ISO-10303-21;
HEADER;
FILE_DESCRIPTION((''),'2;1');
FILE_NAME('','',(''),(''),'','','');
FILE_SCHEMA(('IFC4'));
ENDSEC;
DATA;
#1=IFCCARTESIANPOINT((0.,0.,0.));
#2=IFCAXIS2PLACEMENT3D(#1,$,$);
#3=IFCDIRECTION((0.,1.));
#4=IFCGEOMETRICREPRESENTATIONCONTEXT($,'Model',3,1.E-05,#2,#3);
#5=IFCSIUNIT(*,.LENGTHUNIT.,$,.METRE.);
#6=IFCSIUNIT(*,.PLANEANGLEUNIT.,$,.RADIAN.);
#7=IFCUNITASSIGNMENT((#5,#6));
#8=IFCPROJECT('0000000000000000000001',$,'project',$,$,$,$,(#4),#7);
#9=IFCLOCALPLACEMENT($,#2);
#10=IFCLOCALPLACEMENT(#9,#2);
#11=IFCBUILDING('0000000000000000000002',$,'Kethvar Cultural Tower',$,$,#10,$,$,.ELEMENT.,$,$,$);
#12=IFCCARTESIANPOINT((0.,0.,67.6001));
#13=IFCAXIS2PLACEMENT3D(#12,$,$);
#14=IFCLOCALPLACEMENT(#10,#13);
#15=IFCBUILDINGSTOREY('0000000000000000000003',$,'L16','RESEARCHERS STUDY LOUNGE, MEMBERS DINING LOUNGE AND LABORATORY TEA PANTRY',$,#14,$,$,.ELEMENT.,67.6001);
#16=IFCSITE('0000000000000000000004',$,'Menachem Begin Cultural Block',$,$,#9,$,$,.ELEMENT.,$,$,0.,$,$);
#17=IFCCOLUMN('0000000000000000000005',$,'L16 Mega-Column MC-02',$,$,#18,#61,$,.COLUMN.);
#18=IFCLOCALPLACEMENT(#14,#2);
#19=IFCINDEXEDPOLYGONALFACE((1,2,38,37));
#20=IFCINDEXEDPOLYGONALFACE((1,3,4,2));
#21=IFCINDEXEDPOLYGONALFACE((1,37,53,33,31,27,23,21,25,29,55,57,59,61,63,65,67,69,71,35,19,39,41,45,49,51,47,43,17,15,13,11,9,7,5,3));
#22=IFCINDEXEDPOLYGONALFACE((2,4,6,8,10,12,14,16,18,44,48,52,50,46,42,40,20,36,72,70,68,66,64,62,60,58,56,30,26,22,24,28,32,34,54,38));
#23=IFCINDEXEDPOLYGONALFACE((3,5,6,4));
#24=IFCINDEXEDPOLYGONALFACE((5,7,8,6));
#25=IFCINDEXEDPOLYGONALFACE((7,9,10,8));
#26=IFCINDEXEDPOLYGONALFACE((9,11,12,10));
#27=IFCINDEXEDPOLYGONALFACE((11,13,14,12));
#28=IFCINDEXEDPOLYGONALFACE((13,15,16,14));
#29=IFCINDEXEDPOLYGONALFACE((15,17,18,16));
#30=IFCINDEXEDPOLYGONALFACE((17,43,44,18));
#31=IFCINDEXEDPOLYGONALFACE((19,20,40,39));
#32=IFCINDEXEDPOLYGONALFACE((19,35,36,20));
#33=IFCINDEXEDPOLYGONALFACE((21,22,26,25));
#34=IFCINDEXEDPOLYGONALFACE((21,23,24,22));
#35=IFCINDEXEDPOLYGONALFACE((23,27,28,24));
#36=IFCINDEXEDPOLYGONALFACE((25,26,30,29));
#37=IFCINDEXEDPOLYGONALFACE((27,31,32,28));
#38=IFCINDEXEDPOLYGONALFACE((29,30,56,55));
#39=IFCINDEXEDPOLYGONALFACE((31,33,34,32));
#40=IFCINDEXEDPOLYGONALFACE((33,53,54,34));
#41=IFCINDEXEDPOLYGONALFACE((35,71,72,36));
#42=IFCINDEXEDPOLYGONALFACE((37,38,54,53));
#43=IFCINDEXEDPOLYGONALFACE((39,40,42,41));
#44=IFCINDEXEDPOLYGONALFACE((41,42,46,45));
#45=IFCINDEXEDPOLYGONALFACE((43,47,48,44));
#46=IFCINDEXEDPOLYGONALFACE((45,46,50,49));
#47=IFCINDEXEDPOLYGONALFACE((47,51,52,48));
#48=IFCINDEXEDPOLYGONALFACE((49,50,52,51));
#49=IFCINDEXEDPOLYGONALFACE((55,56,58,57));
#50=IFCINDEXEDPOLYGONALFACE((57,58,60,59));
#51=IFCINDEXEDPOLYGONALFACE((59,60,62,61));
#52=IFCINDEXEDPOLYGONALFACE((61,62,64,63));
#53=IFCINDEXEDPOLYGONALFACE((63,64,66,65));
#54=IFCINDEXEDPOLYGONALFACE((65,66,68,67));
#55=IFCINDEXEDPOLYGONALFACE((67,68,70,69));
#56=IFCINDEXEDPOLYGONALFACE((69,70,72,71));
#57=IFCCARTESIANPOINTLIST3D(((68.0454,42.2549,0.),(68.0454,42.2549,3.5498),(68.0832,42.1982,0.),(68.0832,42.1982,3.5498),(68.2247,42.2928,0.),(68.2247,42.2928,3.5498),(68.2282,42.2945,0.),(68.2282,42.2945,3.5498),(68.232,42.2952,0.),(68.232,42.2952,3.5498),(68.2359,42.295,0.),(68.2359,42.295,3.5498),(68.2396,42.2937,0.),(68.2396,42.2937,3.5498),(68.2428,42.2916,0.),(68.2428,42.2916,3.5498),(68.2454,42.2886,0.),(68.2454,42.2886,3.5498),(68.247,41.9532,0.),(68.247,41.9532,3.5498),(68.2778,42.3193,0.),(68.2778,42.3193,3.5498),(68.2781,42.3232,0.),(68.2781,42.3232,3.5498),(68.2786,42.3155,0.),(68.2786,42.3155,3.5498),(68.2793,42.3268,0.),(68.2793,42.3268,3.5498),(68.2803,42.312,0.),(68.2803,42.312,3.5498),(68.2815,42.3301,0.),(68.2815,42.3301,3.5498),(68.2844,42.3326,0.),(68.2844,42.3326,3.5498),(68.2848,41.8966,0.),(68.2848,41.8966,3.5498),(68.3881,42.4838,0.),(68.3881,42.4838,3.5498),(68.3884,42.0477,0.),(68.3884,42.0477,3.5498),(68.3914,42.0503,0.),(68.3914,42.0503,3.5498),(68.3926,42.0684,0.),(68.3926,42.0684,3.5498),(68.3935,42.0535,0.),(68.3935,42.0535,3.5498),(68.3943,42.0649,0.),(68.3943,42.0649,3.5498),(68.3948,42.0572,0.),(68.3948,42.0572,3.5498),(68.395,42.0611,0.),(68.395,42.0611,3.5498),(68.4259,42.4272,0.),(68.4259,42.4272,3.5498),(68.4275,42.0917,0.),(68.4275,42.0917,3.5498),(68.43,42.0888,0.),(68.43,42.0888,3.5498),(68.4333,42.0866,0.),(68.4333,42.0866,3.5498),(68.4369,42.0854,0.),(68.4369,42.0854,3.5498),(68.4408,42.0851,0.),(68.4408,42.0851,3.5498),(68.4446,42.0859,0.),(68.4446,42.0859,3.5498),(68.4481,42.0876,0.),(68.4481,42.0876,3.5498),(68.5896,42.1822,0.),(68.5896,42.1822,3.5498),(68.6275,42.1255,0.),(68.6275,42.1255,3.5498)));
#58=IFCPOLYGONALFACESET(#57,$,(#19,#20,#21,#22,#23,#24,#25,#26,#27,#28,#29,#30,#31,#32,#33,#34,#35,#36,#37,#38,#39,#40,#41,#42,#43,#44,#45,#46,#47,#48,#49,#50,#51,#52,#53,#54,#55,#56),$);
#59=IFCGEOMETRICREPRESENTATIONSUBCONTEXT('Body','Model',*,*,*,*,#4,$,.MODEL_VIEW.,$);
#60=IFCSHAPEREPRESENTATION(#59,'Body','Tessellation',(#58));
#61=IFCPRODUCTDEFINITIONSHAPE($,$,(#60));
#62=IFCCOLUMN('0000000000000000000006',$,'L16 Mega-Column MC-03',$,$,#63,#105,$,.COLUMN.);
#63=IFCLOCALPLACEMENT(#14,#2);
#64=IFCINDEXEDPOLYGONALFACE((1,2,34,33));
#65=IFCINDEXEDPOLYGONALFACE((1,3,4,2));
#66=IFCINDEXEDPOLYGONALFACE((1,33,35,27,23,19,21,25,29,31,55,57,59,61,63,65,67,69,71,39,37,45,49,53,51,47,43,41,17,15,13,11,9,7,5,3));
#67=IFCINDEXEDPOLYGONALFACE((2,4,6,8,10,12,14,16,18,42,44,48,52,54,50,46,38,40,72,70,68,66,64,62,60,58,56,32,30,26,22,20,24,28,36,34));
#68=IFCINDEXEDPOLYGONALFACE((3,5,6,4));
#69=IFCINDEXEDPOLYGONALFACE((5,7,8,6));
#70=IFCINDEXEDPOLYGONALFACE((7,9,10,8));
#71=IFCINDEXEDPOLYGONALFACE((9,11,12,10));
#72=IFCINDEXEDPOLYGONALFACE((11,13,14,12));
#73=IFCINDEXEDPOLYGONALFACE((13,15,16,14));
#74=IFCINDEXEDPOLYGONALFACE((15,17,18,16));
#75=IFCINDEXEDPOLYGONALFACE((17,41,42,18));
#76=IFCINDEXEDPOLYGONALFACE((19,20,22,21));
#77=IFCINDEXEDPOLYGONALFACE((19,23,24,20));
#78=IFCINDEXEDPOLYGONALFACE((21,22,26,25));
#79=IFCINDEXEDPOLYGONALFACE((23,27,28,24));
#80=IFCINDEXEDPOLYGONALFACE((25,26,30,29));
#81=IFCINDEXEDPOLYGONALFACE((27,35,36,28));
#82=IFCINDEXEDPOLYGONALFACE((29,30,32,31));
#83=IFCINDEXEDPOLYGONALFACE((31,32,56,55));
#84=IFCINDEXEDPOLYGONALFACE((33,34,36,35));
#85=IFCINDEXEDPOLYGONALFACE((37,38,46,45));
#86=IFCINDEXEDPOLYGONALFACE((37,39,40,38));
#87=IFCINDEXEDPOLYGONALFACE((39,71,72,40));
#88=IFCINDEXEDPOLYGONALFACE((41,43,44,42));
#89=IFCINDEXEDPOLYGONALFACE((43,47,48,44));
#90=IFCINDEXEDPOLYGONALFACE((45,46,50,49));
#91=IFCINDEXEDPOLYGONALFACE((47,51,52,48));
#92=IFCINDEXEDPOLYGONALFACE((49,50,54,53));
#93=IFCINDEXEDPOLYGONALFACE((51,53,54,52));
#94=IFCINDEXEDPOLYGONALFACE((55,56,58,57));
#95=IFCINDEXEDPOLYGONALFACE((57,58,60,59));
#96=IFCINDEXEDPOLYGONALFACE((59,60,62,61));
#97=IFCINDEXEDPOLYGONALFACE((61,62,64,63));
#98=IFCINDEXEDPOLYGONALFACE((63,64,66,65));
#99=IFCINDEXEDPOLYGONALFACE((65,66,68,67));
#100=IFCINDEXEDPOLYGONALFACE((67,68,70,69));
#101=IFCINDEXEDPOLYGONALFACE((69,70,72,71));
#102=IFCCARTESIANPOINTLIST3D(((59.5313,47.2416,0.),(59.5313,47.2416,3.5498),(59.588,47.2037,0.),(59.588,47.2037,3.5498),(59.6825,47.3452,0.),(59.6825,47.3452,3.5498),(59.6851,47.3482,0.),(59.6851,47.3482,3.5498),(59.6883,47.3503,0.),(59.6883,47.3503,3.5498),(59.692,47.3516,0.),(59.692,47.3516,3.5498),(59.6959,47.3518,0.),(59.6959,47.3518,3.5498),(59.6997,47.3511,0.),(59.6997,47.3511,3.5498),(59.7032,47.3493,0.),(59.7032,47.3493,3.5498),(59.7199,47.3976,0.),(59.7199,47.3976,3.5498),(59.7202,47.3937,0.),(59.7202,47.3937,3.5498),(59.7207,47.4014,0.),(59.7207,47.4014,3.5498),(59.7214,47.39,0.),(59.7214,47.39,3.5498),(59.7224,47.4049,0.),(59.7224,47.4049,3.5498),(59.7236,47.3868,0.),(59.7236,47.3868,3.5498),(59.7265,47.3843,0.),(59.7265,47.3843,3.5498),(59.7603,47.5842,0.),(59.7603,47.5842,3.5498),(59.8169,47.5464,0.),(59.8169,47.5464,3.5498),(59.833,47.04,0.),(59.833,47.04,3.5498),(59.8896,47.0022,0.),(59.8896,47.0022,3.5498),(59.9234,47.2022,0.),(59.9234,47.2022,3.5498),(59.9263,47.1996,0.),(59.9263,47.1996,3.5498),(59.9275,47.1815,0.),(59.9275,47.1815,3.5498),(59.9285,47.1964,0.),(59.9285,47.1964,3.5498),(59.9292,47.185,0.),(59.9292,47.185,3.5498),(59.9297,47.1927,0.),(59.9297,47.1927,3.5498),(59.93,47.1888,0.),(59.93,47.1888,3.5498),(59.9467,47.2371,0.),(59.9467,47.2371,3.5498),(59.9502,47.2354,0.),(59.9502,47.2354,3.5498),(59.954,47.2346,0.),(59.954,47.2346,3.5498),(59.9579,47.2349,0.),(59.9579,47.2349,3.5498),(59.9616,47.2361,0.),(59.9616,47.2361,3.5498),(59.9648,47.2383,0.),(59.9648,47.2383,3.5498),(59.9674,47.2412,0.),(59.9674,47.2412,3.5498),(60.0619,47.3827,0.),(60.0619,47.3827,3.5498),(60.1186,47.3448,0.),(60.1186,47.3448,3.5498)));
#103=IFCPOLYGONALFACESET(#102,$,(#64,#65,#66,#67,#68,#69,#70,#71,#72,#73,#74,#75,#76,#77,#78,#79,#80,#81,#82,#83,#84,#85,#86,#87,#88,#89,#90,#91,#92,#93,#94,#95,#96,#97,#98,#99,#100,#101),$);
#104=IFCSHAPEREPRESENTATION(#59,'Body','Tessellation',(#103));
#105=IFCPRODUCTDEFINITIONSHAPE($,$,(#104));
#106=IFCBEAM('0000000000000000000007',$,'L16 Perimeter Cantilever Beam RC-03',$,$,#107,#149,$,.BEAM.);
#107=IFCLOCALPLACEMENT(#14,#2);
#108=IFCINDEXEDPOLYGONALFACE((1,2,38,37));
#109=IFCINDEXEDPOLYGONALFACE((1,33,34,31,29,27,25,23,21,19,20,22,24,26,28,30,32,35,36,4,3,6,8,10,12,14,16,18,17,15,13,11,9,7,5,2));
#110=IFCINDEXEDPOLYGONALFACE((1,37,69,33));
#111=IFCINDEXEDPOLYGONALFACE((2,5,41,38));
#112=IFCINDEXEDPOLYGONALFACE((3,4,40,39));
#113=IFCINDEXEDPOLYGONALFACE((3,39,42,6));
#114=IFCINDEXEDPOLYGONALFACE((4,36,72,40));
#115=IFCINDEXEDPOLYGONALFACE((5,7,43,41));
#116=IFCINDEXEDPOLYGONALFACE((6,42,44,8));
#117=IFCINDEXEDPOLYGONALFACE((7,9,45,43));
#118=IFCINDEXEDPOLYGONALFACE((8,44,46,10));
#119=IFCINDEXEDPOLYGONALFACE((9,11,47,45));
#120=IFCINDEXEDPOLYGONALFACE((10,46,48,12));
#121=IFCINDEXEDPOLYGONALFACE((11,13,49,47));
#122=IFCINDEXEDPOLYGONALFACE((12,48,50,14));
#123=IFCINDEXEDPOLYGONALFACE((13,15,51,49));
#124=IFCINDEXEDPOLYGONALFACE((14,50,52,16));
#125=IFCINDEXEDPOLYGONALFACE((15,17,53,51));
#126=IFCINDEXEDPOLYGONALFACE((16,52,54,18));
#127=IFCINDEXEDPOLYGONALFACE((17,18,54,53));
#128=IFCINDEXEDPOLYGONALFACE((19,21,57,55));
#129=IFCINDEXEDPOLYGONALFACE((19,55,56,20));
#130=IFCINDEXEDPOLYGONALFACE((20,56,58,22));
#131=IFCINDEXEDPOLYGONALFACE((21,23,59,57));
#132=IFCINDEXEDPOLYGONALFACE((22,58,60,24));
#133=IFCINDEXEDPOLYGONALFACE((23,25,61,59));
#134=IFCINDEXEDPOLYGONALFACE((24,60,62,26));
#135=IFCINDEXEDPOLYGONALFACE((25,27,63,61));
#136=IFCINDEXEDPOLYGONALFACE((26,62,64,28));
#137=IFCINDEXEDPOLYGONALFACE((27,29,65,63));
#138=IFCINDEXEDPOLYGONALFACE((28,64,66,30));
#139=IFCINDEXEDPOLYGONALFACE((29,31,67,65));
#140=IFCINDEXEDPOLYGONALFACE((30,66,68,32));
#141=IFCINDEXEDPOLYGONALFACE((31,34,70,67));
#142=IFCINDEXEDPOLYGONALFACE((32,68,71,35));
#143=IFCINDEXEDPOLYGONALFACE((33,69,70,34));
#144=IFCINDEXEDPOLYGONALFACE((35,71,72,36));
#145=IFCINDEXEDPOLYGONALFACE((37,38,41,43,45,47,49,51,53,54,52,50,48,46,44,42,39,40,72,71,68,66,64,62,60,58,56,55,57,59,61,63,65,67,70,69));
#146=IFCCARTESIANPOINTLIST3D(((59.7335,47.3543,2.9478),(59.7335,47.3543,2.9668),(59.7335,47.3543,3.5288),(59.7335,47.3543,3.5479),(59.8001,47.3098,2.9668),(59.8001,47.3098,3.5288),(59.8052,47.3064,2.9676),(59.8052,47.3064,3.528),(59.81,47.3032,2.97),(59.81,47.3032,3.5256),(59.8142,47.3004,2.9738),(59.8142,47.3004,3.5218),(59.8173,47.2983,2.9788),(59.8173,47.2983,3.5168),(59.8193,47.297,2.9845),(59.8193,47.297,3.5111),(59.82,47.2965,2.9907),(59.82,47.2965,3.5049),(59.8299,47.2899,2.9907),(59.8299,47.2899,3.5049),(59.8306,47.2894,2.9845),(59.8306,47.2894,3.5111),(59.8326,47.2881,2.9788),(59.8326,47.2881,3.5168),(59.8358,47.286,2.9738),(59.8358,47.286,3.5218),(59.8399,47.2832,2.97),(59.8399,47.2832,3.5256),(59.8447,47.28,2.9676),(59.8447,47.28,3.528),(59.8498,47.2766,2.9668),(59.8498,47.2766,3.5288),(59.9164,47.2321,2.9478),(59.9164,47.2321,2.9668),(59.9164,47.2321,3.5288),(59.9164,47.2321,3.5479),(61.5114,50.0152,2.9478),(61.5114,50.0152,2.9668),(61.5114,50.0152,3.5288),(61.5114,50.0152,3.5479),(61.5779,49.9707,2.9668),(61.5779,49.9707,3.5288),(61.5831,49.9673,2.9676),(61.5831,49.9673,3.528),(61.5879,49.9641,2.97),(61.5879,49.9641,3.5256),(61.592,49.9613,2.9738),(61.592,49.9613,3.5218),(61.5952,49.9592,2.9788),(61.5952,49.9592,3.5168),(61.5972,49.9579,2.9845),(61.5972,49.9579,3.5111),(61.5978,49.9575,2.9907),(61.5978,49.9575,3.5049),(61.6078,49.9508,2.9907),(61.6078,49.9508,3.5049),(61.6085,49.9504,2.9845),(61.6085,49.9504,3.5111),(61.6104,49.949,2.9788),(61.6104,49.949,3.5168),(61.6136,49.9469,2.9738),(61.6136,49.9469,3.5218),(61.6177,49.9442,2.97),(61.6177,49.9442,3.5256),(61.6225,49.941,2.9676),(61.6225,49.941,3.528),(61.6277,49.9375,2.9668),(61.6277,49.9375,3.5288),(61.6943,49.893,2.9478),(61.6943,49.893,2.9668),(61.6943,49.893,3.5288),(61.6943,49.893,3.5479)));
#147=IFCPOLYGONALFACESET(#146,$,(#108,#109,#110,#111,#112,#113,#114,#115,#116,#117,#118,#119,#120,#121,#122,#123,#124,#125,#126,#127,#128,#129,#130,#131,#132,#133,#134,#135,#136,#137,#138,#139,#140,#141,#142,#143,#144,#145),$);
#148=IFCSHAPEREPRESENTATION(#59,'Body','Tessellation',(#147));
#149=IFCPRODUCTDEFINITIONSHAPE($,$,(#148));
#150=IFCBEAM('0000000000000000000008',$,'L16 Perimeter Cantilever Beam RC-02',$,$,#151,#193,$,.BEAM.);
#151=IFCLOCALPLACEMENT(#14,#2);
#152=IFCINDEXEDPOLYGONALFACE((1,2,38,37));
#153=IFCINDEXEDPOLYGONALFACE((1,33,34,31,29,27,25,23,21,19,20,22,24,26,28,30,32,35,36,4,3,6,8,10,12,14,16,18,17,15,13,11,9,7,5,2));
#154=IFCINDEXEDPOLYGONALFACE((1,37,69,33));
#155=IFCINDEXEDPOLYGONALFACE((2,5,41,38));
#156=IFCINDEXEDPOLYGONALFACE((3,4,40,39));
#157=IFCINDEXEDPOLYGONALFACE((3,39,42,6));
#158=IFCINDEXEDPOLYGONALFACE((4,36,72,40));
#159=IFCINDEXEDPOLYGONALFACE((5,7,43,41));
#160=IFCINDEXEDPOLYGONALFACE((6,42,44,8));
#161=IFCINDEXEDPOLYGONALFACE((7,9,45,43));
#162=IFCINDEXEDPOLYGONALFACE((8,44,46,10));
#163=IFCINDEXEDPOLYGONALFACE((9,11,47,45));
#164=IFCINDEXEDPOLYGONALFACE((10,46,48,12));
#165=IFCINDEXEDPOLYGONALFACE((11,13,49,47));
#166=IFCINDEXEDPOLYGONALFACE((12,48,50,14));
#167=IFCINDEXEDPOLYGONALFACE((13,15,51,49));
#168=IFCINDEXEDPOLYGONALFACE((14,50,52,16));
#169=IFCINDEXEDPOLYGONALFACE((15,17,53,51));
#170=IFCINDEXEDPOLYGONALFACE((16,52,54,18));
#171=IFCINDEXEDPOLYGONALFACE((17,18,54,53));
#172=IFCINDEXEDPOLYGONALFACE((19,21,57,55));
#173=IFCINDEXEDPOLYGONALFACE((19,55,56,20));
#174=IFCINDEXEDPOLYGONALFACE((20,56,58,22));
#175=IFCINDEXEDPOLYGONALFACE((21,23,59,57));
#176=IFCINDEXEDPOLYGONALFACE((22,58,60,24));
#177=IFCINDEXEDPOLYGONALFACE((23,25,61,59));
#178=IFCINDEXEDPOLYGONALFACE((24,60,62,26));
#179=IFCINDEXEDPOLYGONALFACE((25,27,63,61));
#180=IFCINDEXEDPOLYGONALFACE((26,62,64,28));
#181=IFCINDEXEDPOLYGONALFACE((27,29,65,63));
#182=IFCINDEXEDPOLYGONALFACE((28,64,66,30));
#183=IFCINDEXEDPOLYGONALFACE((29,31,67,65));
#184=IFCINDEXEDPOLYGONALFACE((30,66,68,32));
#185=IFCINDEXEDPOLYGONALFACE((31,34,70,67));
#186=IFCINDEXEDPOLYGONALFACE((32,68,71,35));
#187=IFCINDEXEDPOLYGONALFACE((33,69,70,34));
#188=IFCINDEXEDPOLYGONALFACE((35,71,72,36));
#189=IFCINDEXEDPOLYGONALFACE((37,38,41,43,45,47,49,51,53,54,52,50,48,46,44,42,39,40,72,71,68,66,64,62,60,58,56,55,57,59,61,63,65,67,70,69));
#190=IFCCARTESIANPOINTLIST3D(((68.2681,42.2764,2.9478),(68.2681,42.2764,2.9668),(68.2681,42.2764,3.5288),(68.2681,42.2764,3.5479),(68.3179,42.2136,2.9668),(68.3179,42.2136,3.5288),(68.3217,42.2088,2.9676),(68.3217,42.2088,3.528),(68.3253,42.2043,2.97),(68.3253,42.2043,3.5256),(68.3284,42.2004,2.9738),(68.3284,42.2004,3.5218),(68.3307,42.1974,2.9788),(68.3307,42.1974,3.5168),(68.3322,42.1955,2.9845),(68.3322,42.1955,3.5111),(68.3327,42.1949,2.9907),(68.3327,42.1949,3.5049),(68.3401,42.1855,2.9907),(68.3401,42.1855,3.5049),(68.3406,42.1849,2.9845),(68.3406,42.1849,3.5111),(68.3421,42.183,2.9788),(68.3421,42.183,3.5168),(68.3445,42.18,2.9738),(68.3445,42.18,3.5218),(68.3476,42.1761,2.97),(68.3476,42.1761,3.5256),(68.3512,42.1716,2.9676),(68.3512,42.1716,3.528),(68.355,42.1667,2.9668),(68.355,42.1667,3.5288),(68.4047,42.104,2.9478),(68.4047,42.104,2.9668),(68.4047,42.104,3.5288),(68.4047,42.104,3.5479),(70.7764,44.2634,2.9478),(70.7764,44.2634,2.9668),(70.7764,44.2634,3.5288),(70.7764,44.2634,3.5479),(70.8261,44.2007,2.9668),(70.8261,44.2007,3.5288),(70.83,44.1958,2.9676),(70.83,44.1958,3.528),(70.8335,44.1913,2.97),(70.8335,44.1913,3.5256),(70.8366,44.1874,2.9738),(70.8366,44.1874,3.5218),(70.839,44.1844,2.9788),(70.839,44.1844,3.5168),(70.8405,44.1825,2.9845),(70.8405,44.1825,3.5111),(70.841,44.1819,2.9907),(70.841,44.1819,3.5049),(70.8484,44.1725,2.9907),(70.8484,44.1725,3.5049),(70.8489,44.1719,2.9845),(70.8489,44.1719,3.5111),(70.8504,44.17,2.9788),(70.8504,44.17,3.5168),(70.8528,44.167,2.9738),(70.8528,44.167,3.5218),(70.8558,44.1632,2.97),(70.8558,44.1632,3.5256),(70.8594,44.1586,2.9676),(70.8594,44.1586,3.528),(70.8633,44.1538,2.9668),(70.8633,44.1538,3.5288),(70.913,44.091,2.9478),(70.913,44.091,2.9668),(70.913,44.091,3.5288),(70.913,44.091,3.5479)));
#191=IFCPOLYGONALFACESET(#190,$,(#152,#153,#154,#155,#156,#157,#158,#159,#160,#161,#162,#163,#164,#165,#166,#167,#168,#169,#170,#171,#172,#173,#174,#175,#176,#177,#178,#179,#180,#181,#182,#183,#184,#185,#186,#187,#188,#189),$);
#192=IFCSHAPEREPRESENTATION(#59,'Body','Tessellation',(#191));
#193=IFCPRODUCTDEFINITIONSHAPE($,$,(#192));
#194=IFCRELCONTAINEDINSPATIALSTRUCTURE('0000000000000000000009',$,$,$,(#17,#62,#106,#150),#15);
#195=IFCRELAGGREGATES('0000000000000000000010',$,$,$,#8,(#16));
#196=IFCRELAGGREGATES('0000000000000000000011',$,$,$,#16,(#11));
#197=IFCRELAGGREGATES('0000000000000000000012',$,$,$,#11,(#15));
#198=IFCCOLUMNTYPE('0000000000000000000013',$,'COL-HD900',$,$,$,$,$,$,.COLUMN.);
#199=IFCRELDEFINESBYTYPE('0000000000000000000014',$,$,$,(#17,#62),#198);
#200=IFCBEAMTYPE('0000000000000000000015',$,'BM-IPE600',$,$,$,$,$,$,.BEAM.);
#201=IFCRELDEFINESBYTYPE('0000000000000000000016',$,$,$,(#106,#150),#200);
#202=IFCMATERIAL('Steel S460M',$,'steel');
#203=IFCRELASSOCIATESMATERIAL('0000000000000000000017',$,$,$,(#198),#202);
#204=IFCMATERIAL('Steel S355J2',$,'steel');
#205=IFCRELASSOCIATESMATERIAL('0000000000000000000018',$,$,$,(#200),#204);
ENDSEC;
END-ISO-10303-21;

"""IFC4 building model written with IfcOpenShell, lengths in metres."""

from ifc_helpers import new_model, si_unit, direction, frame, origin, origin_2d, place, context, subcontext, project, spatial, i_section, extrude, source, transform, mapped, material, material_profile, profile_set, type_object, element, save


model = new_model("IFC4")

# Units and contexts
model_context = context("Model", 3, precision=1e-05, world=origin(), true_north=direction((0.0, 1.0)))
body_context = subcontext(model_context, "Body", "Model", "MODEL_VIEW")
ifc_project = project(units=[si_unit("LENGTHUNIT", "METRE"), si_unit("PLANEANGLEUNIT", "RADIAN")], contexts=[model_context])

# Site, building, storey
site_placement = place(None, origin())
site = spatial("IfcSite", under=ifc_project, at=site_placement, Name="Menachem Begin Cultural Block", CompositionType="ELEMENT", RefElevation=0.0)
building_placement = place(site_placement, origin())
building = spatial("IfcBuilding", under=site, at=building_placement, Name="Kethvar Cultural Tower", CompositionType="ELEMENT")
storey_placement = place(building_placement, frame((0.0, 0.0, 67.6001)))
storey = spatial("IfcBuildingStorey", under=building, at=storey_placement, Name="L16", Description="RESEARCHERS STUDY LOUNGE, MEMBERS DINING LOUNGE AND LABORATORY TEA PANTRY", CompositionType="ELEMENT", Elevation=67.6001)

# Columns
ifc_material_1 = material(Name="Steel S460M", Category="steel")
ifc_material_profile_1 = material_profile(ifc_material_1, i_section(OverallWidth=0.4121, OverallDepth=0.4309, WebThickness=0.042, FlangeThickness=0.0681, FilletRadius=0.0149, at=origin_2d()), Name="Steel S460M — HD400x900")
ifc_profile_set_1 = profile_set([ifc_material_profile_1], Name="Steel S460M — HD400x900")
column_type = type_object("IfcColumnType", Name="COL-HD900", PredefinedType="COLUMN", material=ifc_profile_set_1)
shared_shape_1 = source(origin(), body_context, "Body", "SweptSolid", [
    extrude(i_section(OverallWidth=0.4121, OverallDepth=0.4309, WebThickness=0.042, FlangeThickness=0.0681, FilletRadius=0.0149, at=origin_2d()), origin(), (0.0, 0.0, 1.0), 3.5498),
])
for number, where, z_axis, x_axis, name in (
    (1, (68.3364, 42.1902, 0.0), (0.0, 0.0, 1.0), (0.83147, 0.55557, 0.0), "L16 Mega-Column MC-02"),
    (2, (59.825, 47.2932, 0.0), (0.0, 0.0, 1.0), (0.55557, 0.83147, 0.0), "L16 Mega-Column MC-03"),
):
    element("IfcColumn", number, at=place(storey_placement, frame(where, z_axis=z_axis, x_axis=x_axis)), inside=storey, type_object=column_type, Name=name, PredefinedType="COLUMN", context=body_context, shape_type="MappedRepresentation", body=[
        mapped(shared_shape_1, transform((0.0, 0.0, 0.0), scale=1.0)),
    ])

# Beams
ifc_material_2 = material(Name="Steel S355J2", Category="steel")
ifc_material_profile_2 = material_profile(ifc_material_2, i_section(OverallWidth=0.22, OverallDepth=0.6001, WebThickness=0.012, FlangeThickness=0.019, FilletRadius=0.0239, at=origin_2d()), Name="Steel S355J2 — IPE600")
ifc_profile_set_2 = profile_set([ifc_material_profile_2], Name="Steel S355J2 — IPE600")
beam_type_1 = type_object("IfcBeamType", Name="BM-IPE600", PredefinedType="BEAM", material=ifc_profile_set_2)
shared_shape_2 = source(origin(), body_context, "Body", "SweptSolid", [
    extrude(i_section(OverallWidth=0.22, OverallDepth=0.6001, WebThickness=0.012, FlangeThickness=0.019, FilletRadius=0.0239, at=origin_2d()), origin(), (0.0, 0.0, 1.0), 3.2002),
])
beam_1_placement = place(storey_placement, frame((59.825, 47.2932, 3.2478), z_axis=(0.555545, 0.831486, 0.0), x_axis=(-0.831486, 0.555545, 0.0)))
element("IfcBeam", 3, at=beam_1_placement, inside=storey, type_object=beam_type_1, Name="L16 Perimeter Cantilever Beam RC-03", PredefinedType="BEAM", context=body_context, shape_type="MappedRepresentation", body=[
    mapped(shared_shape_2, transform((0.0, 0.0, 0.0), scale=1.0)),
])
shared_shape_3 = source(origin(), body_context, "Body", "SweptSolid", [
    extrude(i_section(OverallWidth=0.22, OverallDepth=0.6001, WebThickness=0.012, FlangeThickness=0.019, FilletRadius=0.0239, at=origin_2d()), origin(), (0.0, 0.0, 1.0), 3.2),
])
beam_2_placement = place(storey_placement, frame((68.3364, 42.1902, 3.2478), z_axis=(0.783845, 0.620957, 0.0), x_axis=(-0.620957, 0.783845, 0.0)))
element("IfcBeam", 4, at=beam_2_placement, inside=storey, type_object=beam_type_1, Name="L16 Perimeter Cantilever Beam RC-02", PredefinedType="BEAM", context=body_context, shape_type="MappedRepresentation", body=[
    mapped(shared_shape_3, transform((0.0, 0.0, 0.0), scale=1.0)),
])

save(model, "model.ifc")
